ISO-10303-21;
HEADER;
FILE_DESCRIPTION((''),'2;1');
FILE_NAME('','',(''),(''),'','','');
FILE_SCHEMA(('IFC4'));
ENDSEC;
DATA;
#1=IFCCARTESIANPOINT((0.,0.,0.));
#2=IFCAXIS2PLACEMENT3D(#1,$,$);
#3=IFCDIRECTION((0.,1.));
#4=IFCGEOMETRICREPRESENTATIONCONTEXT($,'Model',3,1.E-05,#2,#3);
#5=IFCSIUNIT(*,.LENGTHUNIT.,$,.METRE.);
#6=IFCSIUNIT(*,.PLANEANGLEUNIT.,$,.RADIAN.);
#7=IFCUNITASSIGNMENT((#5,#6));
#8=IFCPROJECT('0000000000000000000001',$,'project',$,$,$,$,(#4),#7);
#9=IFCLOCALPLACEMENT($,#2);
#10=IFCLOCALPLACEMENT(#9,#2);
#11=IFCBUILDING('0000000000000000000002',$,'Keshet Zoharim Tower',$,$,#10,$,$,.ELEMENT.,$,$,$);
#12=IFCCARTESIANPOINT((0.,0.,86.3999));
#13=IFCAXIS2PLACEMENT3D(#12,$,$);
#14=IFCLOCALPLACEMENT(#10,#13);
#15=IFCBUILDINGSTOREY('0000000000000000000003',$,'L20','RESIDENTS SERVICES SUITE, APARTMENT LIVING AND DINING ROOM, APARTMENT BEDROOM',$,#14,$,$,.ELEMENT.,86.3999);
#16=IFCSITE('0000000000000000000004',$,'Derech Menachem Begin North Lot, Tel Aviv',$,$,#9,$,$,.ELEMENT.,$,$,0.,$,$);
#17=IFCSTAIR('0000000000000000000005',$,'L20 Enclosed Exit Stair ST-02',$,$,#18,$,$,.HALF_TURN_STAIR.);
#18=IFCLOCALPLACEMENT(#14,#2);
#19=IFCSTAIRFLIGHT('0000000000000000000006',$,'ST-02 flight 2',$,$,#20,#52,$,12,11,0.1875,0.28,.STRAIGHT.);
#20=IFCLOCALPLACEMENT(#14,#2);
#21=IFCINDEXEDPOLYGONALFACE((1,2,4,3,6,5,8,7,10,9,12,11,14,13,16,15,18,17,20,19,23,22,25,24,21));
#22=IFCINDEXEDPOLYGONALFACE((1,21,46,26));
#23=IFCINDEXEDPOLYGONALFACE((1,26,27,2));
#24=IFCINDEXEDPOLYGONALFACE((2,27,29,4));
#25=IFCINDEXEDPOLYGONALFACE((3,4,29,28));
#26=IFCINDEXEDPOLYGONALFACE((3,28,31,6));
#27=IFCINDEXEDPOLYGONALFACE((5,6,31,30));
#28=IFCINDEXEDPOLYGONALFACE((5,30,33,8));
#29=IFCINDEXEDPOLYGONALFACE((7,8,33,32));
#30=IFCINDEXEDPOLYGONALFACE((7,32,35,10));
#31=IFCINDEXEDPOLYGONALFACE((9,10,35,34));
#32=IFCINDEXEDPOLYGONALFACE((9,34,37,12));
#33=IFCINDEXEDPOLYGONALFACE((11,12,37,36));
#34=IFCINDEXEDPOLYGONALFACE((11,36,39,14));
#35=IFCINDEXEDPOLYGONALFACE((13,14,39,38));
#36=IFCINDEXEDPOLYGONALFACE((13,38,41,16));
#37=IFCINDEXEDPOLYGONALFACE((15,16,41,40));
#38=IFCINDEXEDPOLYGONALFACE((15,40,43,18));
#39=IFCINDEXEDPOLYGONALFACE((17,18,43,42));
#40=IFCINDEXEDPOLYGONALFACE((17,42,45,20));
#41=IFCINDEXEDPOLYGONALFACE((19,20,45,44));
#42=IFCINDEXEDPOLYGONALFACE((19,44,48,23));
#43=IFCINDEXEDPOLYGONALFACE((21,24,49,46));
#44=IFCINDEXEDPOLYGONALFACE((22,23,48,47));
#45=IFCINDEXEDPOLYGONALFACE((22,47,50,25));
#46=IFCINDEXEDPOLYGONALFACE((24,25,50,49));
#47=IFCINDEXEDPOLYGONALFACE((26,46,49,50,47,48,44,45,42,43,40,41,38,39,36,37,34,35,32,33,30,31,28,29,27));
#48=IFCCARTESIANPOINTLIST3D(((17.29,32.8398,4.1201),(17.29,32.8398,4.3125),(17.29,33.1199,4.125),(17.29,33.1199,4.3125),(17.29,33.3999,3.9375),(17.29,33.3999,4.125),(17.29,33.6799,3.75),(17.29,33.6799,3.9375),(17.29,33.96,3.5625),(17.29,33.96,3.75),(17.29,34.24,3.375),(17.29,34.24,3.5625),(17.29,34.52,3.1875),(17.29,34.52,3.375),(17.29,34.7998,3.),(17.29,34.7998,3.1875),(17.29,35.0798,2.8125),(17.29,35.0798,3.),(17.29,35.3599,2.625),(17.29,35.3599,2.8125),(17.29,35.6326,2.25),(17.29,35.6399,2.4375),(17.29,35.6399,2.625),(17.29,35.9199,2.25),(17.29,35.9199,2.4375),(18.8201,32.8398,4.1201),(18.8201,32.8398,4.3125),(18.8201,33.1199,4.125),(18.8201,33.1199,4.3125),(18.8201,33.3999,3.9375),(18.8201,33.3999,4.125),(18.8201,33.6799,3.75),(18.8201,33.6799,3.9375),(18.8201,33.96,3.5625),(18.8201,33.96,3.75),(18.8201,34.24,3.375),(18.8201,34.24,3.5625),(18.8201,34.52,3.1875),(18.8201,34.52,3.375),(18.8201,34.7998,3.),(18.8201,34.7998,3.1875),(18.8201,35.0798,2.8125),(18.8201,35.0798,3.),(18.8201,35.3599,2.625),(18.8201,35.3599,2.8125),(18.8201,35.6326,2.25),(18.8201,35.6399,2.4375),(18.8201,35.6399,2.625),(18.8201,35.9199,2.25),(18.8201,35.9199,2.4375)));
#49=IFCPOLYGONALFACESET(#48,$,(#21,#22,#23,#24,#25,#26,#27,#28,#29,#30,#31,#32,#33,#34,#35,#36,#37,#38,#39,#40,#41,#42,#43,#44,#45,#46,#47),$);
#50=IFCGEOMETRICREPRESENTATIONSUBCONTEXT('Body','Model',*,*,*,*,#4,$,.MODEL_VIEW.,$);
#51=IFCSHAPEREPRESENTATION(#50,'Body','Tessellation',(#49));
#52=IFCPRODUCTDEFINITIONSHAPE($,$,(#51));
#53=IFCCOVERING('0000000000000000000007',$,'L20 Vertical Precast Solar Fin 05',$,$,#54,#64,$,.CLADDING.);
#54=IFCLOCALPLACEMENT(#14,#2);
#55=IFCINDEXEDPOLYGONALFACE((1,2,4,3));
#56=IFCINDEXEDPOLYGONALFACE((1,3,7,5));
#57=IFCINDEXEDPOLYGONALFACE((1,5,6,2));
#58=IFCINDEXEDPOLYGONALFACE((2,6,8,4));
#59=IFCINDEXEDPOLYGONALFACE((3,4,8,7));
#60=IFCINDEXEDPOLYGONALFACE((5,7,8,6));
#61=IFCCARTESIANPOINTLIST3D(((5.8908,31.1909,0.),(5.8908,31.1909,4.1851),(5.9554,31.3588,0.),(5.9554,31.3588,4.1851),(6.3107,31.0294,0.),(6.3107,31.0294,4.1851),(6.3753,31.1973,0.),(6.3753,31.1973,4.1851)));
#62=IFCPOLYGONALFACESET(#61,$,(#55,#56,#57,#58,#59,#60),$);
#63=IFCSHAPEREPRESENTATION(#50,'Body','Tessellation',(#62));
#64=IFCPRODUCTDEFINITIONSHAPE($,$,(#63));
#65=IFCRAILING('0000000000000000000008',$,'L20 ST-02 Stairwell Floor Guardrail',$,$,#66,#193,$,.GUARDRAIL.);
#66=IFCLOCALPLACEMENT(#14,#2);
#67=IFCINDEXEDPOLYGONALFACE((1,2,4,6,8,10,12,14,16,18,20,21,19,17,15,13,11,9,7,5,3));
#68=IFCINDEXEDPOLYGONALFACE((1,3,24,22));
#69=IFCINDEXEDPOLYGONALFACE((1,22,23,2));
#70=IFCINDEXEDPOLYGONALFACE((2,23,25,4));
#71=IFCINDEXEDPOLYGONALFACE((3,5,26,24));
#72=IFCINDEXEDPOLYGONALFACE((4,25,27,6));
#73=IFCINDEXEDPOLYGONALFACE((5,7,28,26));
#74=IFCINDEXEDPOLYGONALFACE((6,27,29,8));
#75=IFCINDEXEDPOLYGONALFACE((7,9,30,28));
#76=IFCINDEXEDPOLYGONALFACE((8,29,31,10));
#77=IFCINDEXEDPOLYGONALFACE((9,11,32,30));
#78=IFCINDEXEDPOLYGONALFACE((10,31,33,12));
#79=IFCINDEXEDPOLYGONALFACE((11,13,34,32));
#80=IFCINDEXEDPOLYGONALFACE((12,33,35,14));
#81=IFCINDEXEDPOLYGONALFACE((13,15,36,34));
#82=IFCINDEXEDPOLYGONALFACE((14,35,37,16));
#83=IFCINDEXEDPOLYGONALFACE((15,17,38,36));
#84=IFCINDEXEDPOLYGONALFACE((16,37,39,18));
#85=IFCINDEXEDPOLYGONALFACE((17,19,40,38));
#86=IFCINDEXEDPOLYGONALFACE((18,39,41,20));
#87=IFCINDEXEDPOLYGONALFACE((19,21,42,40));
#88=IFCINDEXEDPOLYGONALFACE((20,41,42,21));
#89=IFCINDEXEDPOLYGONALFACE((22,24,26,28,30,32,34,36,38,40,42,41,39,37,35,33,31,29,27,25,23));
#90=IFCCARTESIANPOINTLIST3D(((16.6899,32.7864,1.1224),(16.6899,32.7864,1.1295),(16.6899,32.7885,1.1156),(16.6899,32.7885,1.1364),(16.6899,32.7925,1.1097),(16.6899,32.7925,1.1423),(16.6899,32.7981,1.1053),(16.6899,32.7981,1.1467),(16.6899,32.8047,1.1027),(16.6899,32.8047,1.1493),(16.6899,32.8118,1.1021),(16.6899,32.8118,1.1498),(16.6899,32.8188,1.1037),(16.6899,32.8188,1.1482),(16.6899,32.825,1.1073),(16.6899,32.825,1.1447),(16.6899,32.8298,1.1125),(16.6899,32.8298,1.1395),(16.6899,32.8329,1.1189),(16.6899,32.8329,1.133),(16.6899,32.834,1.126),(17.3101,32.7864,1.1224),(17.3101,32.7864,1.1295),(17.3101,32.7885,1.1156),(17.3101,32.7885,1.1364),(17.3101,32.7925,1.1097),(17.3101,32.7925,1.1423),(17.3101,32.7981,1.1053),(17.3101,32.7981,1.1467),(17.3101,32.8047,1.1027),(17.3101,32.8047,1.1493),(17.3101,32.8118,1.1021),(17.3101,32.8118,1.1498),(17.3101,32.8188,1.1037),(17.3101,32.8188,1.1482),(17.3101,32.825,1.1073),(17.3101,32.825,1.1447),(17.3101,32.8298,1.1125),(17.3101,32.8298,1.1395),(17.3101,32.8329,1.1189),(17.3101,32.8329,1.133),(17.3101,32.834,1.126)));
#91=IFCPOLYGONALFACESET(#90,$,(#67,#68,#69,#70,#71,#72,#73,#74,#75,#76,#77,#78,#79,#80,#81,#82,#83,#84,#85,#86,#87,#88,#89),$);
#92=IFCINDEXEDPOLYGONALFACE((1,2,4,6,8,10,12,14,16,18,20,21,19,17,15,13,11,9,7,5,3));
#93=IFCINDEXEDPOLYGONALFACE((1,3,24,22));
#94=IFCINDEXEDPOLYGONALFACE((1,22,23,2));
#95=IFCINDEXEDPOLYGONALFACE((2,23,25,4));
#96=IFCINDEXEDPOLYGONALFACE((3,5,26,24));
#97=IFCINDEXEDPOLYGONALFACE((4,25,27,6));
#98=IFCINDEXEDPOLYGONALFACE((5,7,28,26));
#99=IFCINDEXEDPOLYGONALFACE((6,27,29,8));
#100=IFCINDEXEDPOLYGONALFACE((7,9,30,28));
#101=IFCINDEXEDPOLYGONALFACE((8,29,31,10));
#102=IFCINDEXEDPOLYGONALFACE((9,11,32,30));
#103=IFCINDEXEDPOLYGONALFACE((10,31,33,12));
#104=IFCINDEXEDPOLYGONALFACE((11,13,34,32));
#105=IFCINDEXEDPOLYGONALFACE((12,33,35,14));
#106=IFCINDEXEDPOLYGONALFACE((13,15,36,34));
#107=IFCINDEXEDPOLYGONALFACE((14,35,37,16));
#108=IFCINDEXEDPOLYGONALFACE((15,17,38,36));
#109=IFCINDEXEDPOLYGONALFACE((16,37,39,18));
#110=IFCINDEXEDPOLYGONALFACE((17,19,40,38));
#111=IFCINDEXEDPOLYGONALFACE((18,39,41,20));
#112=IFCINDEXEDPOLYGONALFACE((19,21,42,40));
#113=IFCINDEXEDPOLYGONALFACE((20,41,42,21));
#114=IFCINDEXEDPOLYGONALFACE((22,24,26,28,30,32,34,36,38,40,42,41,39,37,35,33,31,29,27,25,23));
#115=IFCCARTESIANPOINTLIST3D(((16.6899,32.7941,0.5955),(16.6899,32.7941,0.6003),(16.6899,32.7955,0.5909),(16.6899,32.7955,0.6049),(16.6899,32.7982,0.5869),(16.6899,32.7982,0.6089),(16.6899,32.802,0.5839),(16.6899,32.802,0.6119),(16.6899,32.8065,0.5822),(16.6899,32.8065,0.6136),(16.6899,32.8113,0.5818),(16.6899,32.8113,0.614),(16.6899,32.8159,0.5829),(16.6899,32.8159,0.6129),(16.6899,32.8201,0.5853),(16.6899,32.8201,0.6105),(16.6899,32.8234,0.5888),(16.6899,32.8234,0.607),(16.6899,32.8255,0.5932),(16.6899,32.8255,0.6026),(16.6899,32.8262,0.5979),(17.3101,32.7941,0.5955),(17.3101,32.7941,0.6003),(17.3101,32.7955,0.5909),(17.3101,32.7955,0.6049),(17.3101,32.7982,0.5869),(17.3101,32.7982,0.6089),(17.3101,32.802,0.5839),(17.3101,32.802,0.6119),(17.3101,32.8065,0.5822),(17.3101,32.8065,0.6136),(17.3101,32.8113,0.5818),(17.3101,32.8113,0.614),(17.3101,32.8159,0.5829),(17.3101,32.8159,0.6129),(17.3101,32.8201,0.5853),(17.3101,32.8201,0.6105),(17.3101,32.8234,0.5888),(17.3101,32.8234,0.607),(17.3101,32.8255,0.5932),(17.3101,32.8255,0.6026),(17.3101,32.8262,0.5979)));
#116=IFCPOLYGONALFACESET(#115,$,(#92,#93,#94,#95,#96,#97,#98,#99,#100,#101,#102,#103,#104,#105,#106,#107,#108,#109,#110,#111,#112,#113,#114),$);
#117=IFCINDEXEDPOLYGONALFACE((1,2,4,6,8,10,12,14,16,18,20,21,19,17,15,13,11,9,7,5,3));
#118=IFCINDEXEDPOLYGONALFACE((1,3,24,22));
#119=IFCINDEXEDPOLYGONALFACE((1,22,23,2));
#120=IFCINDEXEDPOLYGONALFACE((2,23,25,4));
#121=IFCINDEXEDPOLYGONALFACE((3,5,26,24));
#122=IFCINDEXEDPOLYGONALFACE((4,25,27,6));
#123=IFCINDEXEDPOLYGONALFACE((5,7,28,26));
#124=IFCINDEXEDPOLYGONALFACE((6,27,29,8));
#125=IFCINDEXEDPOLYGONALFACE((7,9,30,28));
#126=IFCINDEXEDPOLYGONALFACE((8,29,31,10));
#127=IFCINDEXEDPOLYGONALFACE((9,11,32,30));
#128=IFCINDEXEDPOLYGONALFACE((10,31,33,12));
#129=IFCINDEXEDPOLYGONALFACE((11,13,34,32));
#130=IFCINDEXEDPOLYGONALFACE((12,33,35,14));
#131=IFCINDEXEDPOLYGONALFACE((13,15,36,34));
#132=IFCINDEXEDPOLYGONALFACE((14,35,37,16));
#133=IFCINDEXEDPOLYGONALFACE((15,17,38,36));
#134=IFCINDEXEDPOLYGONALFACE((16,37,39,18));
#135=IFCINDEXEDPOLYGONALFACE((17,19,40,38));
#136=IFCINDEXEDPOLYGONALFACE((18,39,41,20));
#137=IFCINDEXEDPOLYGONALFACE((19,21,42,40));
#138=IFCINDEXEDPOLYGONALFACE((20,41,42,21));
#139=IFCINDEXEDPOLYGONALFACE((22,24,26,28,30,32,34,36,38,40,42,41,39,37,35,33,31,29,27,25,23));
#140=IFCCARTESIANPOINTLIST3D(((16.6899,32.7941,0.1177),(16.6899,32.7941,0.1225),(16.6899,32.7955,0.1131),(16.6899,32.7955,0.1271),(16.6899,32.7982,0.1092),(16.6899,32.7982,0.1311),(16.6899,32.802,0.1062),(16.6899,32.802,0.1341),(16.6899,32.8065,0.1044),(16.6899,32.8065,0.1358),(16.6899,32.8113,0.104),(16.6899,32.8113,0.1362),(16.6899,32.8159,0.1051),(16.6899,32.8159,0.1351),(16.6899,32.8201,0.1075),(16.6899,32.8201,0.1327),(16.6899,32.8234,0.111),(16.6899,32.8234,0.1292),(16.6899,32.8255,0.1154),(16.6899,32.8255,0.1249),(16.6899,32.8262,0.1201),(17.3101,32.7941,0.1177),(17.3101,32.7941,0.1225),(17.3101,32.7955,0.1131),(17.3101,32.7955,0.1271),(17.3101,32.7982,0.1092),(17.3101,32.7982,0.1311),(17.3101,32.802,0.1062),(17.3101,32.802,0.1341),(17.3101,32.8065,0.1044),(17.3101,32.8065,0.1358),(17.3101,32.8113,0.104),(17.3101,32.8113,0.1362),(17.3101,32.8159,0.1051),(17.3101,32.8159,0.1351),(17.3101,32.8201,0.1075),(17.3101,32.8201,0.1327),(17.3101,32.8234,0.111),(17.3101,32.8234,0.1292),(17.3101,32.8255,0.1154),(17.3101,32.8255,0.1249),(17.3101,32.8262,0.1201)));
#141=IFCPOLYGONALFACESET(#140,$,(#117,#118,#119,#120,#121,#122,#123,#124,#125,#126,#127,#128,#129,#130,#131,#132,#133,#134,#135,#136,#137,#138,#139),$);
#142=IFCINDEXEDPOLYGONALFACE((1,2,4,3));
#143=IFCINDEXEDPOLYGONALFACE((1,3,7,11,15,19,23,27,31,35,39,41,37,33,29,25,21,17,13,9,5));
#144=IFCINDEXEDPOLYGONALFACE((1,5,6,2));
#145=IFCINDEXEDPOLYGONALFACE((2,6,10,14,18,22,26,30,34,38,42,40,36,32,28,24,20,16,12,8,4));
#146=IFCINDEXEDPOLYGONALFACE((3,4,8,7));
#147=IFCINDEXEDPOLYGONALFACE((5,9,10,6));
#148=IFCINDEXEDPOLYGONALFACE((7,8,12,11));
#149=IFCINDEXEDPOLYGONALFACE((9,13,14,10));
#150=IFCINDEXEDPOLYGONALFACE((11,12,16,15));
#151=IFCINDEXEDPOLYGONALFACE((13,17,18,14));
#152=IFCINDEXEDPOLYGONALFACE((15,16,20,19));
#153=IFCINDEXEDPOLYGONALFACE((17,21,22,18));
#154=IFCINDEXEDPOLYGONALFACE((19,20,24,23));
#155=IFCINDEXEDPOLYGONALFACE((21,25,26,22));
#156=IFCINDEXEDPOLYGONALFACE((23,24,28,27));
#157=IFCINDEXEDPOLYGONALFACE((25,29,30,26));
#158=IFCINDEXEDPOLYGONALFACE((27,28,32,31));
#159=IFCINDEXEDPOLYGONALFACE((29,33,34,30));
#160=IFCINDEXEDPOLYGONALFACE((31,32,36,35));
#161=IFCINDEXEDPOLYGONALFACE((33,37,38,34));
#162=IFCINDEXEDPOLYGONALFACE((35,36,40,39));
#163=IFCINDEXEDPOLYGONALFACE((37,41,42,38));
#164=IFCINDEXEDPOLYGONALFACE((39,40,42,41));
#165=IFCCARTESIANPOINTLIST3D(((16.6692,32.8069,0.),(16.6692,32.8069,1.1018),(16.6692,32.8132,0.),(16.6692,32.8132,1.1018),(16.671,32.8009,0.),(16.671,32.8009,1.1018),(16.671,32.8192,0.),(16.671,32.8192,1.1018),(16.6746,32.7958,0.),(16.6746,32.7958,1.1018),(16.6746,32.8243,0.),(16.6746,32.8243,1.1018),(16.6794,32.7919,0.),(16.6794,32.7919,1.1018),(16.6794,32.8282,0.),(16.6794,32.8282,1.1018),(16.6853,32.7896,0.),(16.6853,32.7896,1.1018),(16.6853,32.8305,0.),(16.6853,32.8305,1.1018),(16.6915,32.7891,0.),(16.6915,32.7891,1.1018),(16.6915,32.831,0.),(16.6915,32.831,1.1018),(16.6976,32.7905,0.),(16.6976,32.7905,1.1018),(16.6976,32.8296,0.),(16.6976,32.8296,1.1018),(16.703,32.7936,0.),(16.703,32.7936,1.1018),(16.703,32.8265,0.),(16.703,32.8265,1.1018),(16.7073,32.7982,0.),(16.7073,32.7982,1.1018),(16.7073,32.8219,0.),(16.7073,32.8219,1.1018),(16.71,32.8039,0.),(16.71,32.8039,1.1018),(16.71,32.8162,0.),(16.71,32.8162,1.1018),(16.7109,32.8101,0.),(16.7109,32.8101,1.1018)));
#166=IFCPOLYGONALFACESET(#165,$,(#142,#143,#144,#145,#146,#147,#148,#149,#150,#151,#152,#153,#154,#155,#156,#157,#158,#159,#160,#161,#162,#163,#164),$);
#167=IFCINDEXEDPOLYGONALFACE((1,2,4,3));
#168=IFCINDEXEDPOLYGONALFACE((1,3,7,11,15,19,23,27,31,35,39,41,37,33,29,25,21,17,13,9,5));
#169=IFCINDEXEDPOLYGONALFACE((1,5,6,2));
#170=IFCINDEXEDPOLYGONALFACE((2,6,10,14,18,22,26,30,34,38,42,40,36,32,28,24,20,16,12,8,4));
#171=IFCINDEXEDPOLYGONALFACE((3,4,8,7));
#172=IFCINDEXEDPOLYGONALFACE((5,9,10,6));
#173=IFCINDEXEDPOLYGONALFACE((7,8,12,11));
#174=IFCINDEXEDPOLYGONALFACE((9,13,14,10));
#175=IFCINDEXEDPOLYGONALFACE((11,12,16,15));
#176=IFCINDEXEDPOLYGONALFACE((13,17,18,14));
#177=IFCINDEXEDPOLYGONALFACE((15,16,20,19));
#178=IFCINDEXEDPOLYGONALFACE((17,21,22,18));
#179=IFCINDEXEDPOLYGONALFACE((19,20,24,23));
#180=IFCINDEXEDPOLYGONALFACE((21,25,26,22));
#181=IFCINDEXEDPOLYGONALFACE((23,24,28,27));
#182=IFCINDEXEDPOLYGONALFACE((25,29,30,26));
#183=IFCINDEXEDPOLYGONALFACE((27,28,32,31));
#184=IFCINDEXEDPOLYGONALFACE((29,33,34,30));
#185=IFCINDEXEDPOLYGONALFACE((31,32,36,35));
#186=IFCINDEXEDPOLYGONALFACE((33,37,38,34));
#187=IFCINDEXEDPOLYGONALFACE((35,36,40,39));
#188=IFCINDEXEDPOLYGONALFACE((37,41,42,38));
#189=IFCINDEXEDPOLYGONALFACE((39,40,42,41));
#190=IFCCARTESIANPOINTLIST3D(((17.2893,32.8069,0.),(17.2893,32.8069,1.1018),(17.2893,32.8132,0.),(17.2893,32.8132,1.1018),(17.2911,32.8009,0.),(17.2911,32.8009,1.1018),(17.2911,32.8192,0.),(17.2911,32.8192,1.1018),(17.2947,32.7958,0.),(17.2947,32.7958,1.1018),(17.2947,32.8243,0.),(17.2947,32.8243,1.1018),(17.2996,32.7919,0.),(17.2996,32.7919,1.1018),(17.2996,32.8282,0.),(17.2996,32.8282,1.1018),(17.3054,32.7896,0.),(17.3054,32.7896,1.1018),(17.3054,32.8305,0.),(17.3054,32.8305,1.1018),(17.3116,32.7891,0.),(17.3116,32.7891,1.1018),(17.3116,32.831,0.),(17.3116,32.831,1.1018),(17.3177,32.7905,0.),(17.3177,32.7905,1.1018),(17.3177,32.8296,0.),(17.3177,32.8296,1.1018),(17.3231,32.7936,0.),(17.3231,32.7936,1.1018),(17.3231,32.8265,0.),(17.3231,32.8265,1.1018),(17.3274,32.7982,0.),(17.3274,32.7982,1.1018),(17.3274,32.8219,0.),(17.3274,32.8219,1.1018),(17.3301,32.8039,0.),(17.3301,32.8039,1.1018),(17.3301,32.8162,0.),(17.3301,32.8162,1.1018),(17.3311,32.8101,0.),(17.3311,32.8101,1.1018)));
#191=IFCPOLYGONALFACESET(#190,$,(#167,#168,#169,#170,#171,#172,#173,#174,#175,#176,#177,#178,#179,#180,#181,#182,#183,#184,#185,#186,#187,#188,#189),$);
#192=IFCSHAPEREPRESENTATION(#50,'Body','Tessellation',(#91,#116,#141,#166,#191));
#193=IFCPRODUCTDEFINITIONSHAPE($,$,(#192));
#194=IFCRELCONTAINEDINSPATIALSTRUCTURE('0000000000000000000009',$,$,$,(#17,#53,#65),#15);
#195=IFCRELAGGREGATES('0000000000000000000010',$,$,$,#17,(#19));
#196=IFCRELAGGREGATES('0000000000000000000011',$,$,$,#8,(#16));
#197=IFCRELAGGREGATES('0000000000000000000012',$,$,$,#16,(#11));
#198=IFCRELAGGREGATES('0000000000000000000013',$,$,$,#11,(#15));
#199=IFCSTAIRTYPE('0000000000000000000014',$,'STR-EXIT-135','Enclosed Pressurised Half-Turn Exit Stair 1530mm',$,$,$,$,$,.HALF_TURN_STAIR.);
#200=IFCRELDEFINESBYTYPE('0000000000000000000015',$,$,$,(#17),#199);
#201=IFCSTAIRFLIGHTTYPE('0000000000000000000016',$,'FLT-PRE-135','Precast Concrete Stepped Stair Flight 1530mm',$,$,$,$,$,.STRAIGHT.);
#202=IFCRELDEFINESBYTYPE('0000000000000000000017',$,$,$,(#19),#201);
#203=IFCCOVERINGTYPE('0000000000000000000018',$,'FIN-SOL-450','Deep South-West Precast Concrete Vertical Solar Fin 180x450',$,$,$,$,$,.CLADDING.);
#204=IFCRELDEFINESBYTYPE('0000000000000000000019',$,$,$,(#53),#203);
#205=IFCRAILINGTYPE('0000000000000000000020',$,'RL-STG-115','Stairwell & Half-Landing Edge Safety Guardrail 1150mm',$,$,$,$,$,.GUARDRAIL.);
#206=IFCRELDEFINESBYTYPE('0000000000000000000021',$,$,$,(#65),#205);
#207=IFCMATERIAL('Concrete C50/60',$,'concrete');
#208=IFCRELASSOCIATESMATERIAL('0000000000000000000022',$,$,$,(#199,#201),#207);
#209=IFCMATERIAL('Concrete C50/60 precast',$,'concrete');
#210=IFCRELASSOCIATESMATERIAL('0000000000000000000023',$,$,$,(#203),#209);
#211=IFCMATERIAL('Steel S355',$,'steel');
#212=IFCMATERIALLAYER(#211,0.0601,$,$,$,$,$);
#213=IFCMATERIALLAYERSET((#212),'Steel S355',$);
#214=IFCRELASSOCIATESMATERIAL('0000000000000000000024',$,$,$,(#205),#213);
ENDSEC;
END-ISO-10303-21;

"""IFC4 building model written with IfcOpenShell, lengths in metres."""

from ifc_helpers import new_model, si_unit, direction, frame, origin, origin_2d, place, context, subcontext, project, spatial, polyline, rectangle, circle, outline, extrude, material, layer, layer_set, type_object, element, aggregate, save


model = new_model("IFC4")

# Units and contexts
model_context = context("Model", 3, precision=1e-05, world=origin(), true_north=direction((0.0, 1.0)))
body_context = subcontext(model_context, "Body", "Model", "MODEL_VIEW")
ifc_project = project(units=[si_unit("LENGTHUNIT", "METRE"), si_unit("PLANEANGLEUNIT", "RADIAN")], contexts=[model_context])

# Site, building, storey
site_placement = place(None, origin())
site = spatial("IfcSite", under=ifc_project, at=site_placement, Name="Derech Menachem Begin North Lot, Tel Aviv", CompositionType="ELEMENT", RefElevation=0.0)
building_placement = place(site_placement, origin())
building = spatial("IfcBuilding", under=site, at=building_placement, Name="Keshet Zoharim Tower", CompositionType="ELEMENT")
storey_placement = place(building_placement, frame((0.0, 0.0, 86.3999)))
storey = spatial("IfcBuildingStorey", under=building, at=storey_placement, Name="L20", Description="RESIDENTS SERVICES SUITE, APARTMENT LIVING AND DINING ROOM, APARTMENT BEDROOM", CompositionType="ELEMENT", Elevation=86.3999)

# Shared definitions
ifc_material_1 = material(Name="Concrete C50/60", Category="concrete")
stair_type = type_object("IfcStairType", Name="STR-EXIT-135", Description="Enclosed Pressurised Half-Turn Exit Stair 1530mm", PredefinedType="HALF_TURN_STAIR", material=ifc_material_1)
stair_flight_type = type_object("IfcStairFlightType", Name="FLT-PRE-135", Description="Precast Concrete Stepped Stair Flight 1530mm", PredefinedType="STRAIGHT", material=ifc_material_1)

# Stair, stair flight
stair_1_placement = place(storey_placement, origin())
stair_1 = element("IfcStair", 1, at=stair_1_placement, inside=storey, type_object=stair_type, Name="L20 Enclosed Exit Stair ST-02", PredefinedType="HALF_TURN_STAIR")
stair_flight_1_placement = place(storey_placement, frame((18.0549, 35.9199, 2.25), z_axis=(0.0, 0.0, 1.0), x_axis=(0.0, -1.0, 0.0)))
stair_flight_1 = element("IfcStairFlight", 2, at=stair_flight_1_placement, type_object=stair_flight_type, Name="ST-02 flight 2", NumberOfRisers=12, NumberOfTreads=11, PredefinedType="STRAIGHT", RiserHeight=0.1875, TreadLength=0.28, context=body_context, shape_type="SweptSolid", body=[
    extrude(outline(polyline([(0.0, 0.0), (0.0, 0.1875), (0.28, 0.1875), (0.28, 0.375), (0.5601, 0.375), (0.5601, 0.5625), (0.8401, 0.5625), (0.8401, 0.75), (1.1201, 0.75), (1.1201, 0.9375), (1.3999, 0.9375), (1.3999, 1.125), (1.6799, 1.125), (1.6799, 1.3125), (1.96, 1.3125), (1.96, 1.5), (2.24, 1.5), (2.24, 1.6875), (2.52, 1.6875), (2.52, 1.875), (2.8, 1.875), (2.8, 2.0625), (3.0801, 2.0625), (3.0801, 2.25), (3.0801, 1.8701), (0.2874, 0.0), (0.0, 0.0)])), frame((0.0, 0.7651, 0.0), z_axis=(0.0, -1.0, 0.0), x_axis=(1.0, 0.0, 0.0)), (0.0, 0.0, 1.0), 1.53),
])
aggregate(stair_1, [stair_flight_1])

# Covering
ifc_material_2 = material(Name="Concrete C50/60 precast", Category="concrete")
covering_type = type_object("IfcCoveringType", Name="FIN-SOL-450", Description="Deep South-West Precast Concrete Vertical Solar Fin 180x450", PredefinedType="CLADDING", material=ifc_material_2)
covering_placement = place(storey_placement, frame((6.1331, 31.1941, 0.0), z_axis=(0.0, 0.0, 1.0), x_axis=(0.35899, 0.933341, 0.0)))
element("IfcCovering", 3, at=covering_placement, inside=storey, type_object=covering_type, Name="L20 Vertical Precast Solar Fin 05", PredefinedType="CLADDING", context=body_context, shape_type="SweptSolid", body=[
    extrude(rectangle(XDim=0.1799, YDim=0.45, at=origin_2d()), origin(), (0.0, 0.0, 1.0), 4.1851),
])

# Railing
ifc_material_3 = material(Name="Steel S355", Category="steel")
ifc_layer_1 = layer(ifc_material_3, 0.0601)
ifc_layer_set_1 = layer_set([ifc_layer_1], Name="Steel S355")
railing_type_1 = type_object("IfcRailingType", Name="RL-STG-115", Description="Stairwell & Half-Landing Edge Safety Guardrail 1150mm", PredefinedType="GUARDRAIL", material=ifc_layer_set_1)
railing_1_placement = place(storey_placement, frame((16.6899, 32.8101, 0.0)))
element("IfcRailing", 4, at=railing_1_placement, inside=storey, type_object=railing_type_1, Name="L20 ST-02 Stairwell Floor Guardrail", PredefinedType="GUARDRAIL", context=body_context, shape_type="SweptSolid", body=[
    extrude(circle(Radius=0.0239, at=origin_2d()), frame((0.0, 0.0, 1.126), z_axis=(1.0, 0.0, 0.0), x_axis=(0.0, 1.0, 0.0)), (0.0, 0.0, 1.0), 0.6201),
    extrude(circle(Radius=0.0161, at=origin_2d()), frame((0.0, 0.0, 0.5979), z_axis=(1.0, 0.0, 0.0), x_axis=(0.0, 1.0, 0.0)), (0.0, 0.0, 1.0), 0.6201),
    extrude(circle(Radius=0.0161, at=origin_2d()), frame((0.0, 0.0, 0.1201), z_axis=(1.0, 0.0, 0.0), x_axis=(0.0, 1.0, 0.0)), (0.0, 0.0, 1.0), 0.6201),
    extrude(circle(Radius=0.021, at=origin_2d()), origin(), (0.0, 0.0, 1.0), 1.1018),
    extrude(circle(Radius=0.021, at=origin_2d()), frame((0.6201, 0.0, 0.0)), (0.0, 0.0, 1.0), 1.1018),
])

save(model, "model.ifc")
